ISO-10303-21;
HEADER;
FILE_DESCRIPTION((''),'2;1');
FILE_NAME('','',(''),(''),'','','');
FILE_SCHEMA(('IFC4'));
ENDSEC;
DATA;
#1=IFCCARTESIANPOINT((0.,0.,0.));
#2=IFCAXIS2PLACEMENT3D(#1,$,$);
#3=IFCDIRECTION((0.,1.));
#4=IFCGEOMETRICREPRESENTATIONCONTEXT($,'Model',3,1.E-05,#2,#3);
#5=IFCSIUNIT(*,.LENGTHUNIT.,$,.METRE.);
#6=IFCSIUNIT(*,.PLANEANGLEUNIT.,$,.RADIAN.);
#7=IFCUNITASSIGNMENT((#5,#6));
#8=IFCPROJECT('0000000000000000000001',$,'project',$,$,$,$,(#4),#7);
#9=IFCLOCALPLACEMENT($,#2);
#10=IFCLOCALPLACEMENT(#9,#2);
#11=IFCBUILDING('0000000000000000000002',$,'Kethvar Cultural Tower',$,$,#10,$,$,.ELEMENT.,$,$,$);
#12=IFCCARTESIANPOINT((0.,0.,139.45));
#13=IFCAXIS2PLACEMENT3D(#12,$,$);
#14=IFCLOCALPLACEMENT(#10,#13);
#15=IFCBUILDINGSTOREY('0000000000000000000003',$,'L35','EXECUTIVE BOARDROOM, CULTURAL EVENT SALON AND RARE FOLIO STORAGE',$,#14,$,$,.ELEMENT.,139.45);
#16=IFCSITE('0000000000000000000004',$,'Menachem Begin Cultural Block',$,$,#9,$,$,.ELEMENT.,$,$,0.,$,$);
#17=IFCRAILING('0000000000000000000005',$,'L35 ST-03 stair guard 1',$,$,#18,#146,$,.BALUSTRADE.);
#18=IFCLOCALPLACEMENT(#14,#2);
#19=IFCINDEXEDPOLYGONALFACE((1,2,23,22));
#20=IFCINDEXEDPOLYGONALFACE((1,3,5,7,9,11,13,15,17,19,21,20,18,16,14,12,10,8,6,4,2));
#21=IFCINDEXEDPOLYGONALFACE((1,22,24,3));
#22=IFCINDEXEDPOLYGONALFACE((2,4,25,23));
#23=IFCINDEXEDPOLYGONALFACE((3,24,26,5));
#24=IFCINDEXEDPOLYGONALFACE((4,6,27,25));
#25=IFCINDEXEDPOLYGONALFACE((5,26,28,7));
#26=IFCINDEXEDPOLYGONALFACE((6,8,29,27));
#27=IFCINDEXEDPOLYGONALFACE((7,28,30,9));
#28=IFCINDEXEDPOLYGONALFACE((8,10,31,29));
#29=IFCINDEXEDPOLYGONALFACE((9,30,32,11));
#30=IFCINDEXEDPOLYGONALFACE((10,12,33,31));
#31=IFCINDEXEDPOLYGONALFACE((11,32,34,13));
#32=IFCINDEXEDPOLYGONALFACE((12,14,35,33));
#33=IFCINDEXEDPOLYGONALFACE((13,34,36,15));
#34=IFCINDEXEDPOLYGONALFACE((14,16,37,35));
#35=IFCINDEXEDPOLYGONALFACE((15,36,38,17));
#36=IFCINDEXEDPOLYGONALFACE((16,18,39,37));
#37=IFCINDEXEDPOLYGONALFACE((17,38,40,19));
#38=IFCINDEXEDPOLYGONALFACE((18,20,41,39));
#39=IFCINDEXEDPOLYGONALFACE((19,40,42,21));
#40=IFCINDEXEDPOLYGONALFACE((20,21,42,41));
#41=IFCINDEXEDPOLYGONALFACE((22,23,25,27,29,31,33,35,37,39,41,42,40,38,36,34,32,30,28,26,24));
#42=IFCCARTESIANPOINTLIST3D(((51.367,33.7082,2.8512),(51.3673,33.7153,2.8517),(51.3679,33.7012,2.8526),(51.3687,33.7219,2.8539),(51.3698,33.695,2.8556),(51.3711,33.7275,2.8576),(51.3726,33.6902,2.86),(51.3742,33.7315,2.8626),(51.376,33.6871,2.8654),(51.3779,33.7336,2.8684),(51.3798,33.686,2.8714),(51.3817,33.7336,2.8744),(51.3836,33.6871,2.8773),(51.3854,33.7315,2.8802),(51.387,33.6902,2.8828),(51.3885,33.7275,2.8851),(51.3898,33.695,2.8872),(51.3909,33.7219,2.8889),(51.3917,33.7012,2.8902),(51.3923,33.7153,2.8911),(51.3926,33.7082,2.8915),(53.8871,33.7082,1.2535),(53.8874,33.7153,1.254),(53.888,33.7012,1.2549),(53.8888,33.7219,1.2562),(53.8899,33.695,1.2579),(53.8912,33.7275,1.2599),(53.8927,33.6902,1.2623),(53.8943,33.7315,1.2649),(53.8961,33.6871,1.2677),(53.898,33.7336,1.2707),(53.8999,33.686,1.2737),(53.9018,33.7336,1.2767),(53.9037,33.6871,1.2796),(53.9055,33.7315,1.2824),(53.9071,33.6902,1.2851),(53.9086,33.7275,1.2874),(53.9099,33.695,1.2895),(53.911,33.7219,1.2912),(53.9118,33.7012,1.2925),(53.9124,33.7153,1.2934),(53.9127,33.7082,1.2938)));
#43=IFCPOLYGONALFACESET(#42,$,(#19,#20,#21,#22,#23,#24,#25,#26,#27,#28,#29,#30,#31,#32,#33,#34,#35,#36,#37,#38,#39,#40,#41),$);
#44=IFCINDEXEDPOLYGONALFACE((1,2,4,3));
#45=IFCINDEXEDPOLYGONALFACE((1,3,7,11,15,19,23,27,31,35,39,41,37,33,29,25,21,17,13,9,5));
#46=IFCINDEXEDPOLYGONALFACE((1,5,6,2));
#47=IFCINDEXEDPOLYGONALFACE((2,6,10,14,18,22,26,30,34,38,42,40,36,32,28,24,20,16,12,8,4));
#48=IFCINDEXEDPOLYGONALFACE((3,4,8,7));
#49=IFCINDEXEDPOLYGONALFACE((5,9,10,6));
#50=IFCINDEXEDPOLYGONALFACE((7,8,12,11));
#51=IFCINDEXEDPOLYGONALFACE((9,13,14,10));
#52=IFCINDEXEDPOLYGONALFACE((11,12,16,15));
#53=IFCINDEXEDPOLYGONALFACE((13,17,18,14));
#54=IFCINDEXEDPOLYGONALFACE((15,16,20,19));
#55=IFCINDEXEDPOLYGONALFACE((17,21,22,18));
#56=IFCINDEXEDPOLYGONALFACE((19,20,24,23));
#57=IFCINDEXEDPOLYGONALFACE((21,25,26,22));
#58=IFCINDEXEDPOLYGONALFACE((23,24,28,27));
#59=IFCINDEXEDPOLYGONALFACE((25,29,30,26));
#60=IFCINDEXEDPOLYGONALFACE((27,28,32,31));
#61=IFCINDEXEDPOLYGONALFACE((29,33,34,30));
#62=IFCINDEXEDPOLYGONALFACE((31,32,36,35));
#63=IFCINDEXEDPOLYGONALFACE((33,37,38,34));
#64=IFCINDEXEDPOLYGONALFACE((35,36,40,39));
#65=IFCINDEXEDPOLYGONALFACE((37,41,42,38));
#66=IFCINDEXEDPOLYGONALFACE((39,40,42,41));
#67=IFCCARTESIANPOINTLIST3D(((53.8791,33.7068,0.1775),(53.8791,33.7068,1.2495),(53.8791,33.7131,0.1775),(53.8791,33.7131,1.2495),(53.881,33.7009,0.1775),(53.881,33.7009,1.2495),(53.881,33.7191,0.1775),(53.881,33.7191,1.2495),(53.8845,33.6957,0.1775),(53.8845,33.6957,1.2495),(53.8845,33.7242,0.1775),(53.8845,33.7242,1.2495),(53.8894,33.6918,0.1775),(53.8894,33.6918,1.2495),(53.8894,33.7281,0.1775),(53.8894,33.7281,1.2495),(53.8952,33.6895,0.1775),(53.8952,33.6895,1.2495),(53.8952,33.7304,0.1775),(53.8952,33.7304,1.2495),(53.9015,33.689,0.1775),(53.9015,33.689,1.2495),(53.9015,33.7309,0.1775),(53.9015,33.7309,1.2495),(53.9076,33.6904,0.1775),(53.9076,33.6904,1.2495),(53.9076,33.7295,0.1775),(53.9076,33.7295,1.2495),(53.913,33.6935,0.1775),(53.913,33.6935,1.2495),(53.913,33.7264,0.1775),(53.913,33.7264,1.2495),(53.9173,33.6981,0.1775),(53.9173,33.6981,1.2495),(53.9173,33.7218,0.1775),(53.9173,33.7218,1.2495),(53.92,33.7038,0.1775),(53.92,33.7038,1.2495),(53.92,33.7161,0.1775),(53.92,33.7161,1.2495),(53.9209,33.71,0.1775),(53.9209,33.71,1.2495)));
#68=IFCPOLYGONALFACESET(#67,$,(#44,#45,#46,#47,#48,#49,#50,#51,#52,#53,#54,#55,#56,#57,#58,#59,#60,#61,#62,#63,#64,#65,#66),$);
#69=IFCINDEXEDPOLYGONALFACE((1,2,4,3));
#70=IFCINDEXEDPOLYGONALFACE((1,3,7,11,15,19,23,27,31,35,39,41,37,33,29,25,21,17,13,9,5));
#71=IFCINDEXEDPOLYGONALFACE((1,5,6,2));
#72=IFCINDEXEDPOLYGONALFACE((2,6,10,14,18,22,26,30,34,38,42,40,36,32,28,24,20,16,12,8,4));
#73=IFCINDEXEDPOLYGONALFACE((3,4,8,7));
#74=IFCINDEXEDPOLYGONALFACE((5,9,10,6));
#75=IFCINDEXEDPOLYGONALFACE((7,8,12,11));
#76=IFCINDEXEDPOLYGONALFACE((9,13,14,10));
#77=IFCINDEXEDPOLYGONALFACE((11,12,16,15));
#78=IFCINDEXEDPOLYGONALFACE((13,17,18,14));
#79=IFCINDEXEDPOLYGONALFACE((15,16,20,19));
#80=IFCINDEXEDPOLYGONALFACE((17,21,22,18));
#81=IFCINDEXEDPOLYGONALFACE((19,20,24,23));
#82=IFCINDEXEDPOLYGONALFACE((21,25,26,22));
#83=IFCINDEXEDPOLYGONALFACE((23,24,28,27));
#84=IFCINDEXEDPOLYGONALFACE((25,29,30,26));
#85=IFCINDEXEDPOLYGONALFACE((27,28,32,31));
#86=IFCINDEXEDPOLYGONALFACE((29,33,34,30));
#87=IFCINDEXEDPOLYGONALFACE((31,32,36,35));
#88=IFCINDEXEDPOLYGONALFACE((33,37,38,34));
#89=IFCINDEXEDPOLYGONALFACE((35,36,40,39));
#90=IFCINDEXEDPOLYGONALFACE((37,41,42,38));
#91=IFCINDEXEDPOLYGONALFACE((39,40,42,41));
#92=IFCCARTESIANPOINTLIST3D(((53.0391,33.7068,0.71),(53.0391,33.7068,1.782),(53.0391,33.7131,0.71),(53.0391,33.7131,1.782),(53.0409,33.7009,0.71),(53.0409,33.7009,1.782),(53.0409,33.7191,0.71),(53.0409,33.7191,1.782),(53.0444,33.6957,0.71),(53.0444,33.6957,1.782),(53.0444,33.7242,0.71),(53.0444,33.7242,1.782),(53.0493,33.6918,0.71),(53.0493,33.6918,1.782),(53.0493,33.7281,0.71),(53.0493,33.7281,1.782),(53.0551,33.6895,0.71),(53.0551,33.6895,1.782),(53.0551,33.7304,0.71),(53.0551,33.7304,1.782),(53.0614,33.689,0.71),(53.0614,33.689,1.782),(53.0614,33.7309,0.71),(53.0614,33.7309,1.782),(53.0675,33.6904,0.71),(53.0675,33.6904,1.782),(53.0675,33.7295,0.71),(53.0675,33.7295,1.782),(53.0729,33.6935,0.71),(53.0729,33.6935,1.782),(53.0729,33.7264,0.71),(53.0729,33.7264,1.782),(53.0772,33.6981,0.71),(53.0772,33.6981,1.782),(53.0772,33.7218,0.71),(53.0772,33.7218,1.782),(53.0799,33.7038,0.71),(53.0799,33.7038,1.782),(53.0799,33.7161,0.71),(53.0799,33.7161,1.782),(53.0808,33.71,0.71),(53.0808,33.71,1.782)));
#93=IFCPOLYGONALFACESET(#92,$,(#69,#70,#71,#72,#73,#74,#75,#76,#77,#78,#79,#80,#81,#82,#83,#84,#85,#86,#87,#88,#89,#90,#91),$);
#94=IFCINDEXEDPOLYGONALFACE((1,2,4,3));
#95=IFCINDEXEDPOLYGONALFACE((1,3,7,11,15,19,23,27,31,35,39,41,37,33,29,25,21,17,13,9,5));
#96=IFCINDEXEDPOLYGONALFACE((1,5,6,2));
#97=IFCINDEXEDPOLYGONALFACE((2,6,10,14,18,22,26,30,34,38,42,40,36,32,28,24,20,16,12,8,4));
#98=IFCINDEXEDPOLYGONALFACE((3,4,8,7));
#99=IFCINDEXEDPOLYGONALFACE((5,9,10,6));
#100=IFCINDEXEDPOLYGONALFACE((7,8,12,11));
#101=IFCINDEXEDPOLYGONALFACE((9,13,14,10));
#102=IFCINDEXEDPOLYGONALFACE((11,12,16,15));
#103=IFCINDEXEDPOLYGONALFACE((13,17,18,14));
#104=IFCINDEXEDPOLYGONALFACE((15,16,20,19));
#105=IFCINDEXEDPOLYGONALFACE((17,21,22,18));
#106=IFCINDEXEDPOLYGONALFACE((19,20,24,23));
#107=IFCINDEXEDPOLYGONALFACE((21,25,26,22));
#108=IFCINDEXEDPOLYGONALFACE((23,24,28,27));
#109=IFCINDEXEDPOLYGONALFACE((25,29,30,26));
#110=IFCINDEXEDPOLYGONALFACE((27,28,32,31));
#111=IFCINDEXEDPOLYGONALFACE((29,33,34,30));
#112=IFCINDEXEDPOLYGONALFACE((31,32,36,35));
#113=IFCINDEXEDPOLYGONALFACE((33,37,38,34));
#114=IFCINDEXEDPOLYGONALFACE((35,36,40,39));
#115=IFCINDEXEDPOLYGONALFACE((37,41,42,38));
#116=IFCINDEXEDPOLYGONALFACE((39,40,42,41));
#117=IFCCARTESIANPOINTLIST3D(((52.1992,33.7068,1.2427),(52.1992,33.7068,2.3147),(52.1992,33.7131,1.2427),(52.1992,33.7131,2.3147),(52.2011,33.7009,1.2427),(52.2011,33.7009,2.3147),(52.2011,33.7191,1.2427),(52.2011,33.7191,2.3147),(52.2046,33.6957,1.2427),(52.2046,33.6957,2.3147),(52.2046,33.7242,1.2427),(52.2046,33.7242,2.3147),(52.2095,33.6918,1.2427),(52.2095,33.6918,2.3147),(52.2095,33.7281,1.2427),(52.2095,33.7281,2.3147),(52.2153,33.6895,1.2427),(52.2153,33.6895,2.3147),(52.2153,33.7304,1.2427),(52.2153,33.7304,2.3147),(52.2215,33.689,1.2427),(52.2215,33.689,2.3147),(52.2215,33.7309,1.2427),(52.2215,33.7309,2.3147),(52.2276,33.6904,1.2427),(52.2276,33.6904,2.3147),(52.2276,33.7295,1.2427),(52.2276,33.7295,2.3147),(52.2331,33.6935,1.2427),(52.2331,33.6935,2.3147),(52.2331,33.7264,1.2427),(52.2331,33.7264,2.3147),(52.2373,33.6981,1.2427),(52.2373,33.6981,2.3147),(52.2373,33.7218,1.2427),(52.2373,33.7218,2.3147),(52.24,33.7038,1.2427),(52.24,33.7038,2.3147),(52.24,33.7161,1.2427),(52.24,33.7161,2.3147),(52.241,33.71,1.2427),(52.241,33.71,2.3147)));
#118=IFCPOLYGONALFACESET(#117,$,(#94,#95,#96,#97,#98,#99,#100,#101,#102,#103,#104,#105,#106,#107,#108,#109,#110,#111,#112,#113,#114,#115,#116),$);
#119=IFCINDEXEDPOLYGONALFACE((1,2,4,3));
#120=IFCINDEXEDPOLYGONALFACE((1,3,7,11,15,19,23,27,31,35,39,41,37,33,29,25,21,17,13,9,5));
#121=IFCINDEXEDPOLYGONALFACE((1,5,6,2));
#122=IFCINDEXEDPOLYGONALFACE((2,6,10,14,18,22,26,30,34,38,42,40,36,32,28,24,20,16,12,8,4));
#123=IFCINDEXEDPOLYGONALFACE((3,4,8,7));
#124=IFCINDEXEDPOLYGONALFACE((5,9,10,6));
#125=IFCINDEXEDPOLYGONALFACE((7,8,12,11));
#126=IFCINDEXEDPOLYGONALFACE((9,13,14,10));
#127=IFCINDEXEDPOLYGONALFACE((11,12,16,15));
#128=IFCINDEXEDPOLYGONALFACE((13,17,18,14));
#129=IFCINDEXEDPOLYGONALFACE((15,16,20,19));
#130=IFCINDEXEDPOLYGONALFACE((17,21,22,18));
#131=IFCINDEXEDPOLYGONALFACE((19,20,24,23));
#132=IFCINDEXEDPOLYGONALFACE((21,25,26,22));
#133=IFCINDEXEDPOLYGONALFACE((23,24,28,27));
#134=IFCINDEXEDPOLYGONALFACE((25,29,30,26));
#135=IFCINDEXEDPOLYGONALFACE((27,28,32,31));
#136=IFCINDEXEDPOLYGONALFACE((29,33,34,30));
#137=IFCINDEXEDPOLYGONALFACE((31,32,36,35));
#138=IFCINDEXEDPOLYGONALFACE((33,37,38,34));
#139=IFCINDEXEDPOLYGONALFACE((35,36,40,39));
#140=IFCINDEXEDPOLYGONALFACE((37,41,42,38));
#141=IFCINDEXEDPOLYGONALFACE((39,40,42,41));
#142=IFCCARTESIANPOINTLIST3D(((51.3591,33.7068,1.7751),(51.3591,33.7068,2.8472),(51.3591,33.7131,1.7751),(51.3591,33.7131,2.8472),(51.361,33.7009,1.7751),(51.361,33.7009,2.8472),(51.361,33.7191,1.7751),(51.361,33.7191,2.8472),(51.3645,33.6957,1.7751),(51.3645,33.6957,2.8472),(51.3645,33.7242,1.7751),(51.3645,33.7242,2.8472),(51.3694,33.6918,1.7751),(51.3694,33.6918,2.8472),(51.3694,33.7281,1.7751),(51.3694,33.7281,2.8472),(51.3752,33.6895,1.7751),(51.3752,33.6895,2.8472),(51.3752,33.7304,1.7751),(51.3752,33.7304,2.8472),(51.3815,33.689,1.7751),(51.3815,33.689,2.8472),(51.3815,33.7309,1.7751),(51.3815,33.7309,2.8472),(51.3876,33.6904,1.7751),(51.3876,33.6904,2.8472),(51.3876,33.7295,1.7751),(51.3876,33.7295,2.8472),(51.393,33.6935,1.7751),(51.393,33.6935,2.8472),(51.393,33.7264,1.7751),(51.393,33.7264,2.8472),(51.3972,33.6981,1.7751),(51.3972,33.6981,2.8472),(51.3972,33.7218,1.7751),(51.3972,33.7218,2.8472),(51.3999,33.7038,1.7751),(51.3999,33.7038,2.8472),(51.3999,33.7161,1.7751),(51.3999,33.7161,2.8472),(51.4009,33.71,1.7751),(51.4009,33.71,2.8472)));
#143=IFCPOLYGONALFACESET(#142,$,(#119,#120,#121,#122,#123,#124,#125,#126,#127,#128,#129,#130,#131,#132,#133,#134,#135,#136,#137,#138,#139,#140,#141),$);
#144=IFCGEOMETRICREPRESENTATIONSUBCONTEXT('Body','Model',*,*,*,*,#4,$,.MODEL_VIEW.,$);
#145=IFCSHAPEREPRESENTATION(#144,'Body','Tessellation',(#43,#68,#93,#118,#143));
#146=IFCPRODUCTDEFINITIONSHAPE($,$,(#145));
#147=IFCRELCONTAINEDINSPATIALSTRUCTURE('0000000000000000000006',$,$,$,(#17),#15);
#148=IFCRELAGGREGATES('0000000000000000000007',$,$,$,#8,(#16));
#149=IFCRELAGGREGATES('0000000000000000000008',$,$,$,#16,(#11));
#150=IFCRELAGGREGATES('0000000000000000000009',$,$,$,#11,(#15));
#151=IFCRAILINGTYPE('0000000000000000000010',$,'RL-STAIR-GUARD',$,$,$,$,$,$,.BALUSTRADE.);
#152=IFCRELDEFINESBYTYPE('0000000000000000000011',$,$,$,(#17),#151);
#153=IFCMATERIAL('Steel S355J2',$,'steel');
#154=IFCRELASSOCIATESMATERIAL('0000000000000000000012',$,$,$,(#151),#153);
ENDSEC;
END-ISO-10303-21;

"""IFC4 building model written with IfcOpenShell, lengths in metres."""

from ifc_helpers import new_model, si_unit, direction, frame, origin, origin_2d, place, context, subcontext, project, spatial, circle, extrude, material, type_object, element, save


model = new_model("IFC4")

# Units and contexts
model_context = context("Model", 3, precision=1e-05, world=origin(), true_north=direction((0.0, 1.0)))
body_context = subcontext(model_context, "Body", "Model", "MODEL_VIEW")
ifc_project = project(units=[si_unit("LENGTHUNIT", "METRE"), si_unit("PLANEANGLEUNIT", "RADIAN")], contexts=[model_context])

# Site, building, storey
site_placement = place(None, origin())
site = spatial("IfcSite", under=ifc_project, at=site_placement, Name="Menachem Begin Cultural Block", CompositionType="ELEMENT", RefElevation=0.0)
building_placement = place(site_placement, origin())
building = spatial("IfcBuilding", under=site, at=building_placement, Name="Kethvar Cultural Tower", CompositionType="ELEMENT")
storey_placement = place(building_placement, frame((0.0, 0.0, 139.45)))
storey = spatial("IfcBuildingStorey", under=building, at=storey_placement, Name="L35", Description="EXECUTIVE BOARDROOM, CULTURAL EVENT SALON AND RARE FOLIO STORAGE", CompositionType="ELEMENT", Elevation=139.45)

# Shared definitions
ifc_material_1 = material(Name="Steel S355J2", Category="steel")

# Railing
railing_type_1 = type_object("IfcRailingType", Name="RL-STAIR-GUARD", PredefinedType="BALUSTRADE", material=ifc_material_1)
railing_1_placement = place(storey_placement, frame((53.8999, 33.71, 0.1775)))
element("IfcRailing", 1, at=railing_1_placement, inside=storey, type_object=railing_type_1, Name="L35 ST-03 stair guard 1", PredefinedType="BALUSTRADE", context=body_context, shape_type="SweptSolid", body=[
    extrude(circle(Radius=0.0239, at=origin_2d()), frame((0.0, 0.0, 1.0962), z_axis=(-0.84457, 0.0, 0.535445), x_axis=(0.0, -1.0, 0.0)), (0.0, 0.0, 1.0), 2.9839),
    extrude(circle(Radius=0.021, at=origin_2d()), origin(), (0.0, 0.0, 1.0), 1.072),
    extrude(circle(Radius=0.021, at=origin_2d()), frame((-0.8401, 0.0, 0.5325)), (0.0, 0.0, 1.0), 1.072),
    extrude(circle(Radius=0.021, at=origin_2d()), frame((-1.6799, 0.0, 1.0652)), (0.0, 0.0, 1.0), 1.072),
    extrude(circle(Radius=0.021, at=origin_2d()), frame((-2.52, 0.0, 1.5977)), (0.0, 0.0, 1.0), 1.072),
])

save(model, "model.ifc")
